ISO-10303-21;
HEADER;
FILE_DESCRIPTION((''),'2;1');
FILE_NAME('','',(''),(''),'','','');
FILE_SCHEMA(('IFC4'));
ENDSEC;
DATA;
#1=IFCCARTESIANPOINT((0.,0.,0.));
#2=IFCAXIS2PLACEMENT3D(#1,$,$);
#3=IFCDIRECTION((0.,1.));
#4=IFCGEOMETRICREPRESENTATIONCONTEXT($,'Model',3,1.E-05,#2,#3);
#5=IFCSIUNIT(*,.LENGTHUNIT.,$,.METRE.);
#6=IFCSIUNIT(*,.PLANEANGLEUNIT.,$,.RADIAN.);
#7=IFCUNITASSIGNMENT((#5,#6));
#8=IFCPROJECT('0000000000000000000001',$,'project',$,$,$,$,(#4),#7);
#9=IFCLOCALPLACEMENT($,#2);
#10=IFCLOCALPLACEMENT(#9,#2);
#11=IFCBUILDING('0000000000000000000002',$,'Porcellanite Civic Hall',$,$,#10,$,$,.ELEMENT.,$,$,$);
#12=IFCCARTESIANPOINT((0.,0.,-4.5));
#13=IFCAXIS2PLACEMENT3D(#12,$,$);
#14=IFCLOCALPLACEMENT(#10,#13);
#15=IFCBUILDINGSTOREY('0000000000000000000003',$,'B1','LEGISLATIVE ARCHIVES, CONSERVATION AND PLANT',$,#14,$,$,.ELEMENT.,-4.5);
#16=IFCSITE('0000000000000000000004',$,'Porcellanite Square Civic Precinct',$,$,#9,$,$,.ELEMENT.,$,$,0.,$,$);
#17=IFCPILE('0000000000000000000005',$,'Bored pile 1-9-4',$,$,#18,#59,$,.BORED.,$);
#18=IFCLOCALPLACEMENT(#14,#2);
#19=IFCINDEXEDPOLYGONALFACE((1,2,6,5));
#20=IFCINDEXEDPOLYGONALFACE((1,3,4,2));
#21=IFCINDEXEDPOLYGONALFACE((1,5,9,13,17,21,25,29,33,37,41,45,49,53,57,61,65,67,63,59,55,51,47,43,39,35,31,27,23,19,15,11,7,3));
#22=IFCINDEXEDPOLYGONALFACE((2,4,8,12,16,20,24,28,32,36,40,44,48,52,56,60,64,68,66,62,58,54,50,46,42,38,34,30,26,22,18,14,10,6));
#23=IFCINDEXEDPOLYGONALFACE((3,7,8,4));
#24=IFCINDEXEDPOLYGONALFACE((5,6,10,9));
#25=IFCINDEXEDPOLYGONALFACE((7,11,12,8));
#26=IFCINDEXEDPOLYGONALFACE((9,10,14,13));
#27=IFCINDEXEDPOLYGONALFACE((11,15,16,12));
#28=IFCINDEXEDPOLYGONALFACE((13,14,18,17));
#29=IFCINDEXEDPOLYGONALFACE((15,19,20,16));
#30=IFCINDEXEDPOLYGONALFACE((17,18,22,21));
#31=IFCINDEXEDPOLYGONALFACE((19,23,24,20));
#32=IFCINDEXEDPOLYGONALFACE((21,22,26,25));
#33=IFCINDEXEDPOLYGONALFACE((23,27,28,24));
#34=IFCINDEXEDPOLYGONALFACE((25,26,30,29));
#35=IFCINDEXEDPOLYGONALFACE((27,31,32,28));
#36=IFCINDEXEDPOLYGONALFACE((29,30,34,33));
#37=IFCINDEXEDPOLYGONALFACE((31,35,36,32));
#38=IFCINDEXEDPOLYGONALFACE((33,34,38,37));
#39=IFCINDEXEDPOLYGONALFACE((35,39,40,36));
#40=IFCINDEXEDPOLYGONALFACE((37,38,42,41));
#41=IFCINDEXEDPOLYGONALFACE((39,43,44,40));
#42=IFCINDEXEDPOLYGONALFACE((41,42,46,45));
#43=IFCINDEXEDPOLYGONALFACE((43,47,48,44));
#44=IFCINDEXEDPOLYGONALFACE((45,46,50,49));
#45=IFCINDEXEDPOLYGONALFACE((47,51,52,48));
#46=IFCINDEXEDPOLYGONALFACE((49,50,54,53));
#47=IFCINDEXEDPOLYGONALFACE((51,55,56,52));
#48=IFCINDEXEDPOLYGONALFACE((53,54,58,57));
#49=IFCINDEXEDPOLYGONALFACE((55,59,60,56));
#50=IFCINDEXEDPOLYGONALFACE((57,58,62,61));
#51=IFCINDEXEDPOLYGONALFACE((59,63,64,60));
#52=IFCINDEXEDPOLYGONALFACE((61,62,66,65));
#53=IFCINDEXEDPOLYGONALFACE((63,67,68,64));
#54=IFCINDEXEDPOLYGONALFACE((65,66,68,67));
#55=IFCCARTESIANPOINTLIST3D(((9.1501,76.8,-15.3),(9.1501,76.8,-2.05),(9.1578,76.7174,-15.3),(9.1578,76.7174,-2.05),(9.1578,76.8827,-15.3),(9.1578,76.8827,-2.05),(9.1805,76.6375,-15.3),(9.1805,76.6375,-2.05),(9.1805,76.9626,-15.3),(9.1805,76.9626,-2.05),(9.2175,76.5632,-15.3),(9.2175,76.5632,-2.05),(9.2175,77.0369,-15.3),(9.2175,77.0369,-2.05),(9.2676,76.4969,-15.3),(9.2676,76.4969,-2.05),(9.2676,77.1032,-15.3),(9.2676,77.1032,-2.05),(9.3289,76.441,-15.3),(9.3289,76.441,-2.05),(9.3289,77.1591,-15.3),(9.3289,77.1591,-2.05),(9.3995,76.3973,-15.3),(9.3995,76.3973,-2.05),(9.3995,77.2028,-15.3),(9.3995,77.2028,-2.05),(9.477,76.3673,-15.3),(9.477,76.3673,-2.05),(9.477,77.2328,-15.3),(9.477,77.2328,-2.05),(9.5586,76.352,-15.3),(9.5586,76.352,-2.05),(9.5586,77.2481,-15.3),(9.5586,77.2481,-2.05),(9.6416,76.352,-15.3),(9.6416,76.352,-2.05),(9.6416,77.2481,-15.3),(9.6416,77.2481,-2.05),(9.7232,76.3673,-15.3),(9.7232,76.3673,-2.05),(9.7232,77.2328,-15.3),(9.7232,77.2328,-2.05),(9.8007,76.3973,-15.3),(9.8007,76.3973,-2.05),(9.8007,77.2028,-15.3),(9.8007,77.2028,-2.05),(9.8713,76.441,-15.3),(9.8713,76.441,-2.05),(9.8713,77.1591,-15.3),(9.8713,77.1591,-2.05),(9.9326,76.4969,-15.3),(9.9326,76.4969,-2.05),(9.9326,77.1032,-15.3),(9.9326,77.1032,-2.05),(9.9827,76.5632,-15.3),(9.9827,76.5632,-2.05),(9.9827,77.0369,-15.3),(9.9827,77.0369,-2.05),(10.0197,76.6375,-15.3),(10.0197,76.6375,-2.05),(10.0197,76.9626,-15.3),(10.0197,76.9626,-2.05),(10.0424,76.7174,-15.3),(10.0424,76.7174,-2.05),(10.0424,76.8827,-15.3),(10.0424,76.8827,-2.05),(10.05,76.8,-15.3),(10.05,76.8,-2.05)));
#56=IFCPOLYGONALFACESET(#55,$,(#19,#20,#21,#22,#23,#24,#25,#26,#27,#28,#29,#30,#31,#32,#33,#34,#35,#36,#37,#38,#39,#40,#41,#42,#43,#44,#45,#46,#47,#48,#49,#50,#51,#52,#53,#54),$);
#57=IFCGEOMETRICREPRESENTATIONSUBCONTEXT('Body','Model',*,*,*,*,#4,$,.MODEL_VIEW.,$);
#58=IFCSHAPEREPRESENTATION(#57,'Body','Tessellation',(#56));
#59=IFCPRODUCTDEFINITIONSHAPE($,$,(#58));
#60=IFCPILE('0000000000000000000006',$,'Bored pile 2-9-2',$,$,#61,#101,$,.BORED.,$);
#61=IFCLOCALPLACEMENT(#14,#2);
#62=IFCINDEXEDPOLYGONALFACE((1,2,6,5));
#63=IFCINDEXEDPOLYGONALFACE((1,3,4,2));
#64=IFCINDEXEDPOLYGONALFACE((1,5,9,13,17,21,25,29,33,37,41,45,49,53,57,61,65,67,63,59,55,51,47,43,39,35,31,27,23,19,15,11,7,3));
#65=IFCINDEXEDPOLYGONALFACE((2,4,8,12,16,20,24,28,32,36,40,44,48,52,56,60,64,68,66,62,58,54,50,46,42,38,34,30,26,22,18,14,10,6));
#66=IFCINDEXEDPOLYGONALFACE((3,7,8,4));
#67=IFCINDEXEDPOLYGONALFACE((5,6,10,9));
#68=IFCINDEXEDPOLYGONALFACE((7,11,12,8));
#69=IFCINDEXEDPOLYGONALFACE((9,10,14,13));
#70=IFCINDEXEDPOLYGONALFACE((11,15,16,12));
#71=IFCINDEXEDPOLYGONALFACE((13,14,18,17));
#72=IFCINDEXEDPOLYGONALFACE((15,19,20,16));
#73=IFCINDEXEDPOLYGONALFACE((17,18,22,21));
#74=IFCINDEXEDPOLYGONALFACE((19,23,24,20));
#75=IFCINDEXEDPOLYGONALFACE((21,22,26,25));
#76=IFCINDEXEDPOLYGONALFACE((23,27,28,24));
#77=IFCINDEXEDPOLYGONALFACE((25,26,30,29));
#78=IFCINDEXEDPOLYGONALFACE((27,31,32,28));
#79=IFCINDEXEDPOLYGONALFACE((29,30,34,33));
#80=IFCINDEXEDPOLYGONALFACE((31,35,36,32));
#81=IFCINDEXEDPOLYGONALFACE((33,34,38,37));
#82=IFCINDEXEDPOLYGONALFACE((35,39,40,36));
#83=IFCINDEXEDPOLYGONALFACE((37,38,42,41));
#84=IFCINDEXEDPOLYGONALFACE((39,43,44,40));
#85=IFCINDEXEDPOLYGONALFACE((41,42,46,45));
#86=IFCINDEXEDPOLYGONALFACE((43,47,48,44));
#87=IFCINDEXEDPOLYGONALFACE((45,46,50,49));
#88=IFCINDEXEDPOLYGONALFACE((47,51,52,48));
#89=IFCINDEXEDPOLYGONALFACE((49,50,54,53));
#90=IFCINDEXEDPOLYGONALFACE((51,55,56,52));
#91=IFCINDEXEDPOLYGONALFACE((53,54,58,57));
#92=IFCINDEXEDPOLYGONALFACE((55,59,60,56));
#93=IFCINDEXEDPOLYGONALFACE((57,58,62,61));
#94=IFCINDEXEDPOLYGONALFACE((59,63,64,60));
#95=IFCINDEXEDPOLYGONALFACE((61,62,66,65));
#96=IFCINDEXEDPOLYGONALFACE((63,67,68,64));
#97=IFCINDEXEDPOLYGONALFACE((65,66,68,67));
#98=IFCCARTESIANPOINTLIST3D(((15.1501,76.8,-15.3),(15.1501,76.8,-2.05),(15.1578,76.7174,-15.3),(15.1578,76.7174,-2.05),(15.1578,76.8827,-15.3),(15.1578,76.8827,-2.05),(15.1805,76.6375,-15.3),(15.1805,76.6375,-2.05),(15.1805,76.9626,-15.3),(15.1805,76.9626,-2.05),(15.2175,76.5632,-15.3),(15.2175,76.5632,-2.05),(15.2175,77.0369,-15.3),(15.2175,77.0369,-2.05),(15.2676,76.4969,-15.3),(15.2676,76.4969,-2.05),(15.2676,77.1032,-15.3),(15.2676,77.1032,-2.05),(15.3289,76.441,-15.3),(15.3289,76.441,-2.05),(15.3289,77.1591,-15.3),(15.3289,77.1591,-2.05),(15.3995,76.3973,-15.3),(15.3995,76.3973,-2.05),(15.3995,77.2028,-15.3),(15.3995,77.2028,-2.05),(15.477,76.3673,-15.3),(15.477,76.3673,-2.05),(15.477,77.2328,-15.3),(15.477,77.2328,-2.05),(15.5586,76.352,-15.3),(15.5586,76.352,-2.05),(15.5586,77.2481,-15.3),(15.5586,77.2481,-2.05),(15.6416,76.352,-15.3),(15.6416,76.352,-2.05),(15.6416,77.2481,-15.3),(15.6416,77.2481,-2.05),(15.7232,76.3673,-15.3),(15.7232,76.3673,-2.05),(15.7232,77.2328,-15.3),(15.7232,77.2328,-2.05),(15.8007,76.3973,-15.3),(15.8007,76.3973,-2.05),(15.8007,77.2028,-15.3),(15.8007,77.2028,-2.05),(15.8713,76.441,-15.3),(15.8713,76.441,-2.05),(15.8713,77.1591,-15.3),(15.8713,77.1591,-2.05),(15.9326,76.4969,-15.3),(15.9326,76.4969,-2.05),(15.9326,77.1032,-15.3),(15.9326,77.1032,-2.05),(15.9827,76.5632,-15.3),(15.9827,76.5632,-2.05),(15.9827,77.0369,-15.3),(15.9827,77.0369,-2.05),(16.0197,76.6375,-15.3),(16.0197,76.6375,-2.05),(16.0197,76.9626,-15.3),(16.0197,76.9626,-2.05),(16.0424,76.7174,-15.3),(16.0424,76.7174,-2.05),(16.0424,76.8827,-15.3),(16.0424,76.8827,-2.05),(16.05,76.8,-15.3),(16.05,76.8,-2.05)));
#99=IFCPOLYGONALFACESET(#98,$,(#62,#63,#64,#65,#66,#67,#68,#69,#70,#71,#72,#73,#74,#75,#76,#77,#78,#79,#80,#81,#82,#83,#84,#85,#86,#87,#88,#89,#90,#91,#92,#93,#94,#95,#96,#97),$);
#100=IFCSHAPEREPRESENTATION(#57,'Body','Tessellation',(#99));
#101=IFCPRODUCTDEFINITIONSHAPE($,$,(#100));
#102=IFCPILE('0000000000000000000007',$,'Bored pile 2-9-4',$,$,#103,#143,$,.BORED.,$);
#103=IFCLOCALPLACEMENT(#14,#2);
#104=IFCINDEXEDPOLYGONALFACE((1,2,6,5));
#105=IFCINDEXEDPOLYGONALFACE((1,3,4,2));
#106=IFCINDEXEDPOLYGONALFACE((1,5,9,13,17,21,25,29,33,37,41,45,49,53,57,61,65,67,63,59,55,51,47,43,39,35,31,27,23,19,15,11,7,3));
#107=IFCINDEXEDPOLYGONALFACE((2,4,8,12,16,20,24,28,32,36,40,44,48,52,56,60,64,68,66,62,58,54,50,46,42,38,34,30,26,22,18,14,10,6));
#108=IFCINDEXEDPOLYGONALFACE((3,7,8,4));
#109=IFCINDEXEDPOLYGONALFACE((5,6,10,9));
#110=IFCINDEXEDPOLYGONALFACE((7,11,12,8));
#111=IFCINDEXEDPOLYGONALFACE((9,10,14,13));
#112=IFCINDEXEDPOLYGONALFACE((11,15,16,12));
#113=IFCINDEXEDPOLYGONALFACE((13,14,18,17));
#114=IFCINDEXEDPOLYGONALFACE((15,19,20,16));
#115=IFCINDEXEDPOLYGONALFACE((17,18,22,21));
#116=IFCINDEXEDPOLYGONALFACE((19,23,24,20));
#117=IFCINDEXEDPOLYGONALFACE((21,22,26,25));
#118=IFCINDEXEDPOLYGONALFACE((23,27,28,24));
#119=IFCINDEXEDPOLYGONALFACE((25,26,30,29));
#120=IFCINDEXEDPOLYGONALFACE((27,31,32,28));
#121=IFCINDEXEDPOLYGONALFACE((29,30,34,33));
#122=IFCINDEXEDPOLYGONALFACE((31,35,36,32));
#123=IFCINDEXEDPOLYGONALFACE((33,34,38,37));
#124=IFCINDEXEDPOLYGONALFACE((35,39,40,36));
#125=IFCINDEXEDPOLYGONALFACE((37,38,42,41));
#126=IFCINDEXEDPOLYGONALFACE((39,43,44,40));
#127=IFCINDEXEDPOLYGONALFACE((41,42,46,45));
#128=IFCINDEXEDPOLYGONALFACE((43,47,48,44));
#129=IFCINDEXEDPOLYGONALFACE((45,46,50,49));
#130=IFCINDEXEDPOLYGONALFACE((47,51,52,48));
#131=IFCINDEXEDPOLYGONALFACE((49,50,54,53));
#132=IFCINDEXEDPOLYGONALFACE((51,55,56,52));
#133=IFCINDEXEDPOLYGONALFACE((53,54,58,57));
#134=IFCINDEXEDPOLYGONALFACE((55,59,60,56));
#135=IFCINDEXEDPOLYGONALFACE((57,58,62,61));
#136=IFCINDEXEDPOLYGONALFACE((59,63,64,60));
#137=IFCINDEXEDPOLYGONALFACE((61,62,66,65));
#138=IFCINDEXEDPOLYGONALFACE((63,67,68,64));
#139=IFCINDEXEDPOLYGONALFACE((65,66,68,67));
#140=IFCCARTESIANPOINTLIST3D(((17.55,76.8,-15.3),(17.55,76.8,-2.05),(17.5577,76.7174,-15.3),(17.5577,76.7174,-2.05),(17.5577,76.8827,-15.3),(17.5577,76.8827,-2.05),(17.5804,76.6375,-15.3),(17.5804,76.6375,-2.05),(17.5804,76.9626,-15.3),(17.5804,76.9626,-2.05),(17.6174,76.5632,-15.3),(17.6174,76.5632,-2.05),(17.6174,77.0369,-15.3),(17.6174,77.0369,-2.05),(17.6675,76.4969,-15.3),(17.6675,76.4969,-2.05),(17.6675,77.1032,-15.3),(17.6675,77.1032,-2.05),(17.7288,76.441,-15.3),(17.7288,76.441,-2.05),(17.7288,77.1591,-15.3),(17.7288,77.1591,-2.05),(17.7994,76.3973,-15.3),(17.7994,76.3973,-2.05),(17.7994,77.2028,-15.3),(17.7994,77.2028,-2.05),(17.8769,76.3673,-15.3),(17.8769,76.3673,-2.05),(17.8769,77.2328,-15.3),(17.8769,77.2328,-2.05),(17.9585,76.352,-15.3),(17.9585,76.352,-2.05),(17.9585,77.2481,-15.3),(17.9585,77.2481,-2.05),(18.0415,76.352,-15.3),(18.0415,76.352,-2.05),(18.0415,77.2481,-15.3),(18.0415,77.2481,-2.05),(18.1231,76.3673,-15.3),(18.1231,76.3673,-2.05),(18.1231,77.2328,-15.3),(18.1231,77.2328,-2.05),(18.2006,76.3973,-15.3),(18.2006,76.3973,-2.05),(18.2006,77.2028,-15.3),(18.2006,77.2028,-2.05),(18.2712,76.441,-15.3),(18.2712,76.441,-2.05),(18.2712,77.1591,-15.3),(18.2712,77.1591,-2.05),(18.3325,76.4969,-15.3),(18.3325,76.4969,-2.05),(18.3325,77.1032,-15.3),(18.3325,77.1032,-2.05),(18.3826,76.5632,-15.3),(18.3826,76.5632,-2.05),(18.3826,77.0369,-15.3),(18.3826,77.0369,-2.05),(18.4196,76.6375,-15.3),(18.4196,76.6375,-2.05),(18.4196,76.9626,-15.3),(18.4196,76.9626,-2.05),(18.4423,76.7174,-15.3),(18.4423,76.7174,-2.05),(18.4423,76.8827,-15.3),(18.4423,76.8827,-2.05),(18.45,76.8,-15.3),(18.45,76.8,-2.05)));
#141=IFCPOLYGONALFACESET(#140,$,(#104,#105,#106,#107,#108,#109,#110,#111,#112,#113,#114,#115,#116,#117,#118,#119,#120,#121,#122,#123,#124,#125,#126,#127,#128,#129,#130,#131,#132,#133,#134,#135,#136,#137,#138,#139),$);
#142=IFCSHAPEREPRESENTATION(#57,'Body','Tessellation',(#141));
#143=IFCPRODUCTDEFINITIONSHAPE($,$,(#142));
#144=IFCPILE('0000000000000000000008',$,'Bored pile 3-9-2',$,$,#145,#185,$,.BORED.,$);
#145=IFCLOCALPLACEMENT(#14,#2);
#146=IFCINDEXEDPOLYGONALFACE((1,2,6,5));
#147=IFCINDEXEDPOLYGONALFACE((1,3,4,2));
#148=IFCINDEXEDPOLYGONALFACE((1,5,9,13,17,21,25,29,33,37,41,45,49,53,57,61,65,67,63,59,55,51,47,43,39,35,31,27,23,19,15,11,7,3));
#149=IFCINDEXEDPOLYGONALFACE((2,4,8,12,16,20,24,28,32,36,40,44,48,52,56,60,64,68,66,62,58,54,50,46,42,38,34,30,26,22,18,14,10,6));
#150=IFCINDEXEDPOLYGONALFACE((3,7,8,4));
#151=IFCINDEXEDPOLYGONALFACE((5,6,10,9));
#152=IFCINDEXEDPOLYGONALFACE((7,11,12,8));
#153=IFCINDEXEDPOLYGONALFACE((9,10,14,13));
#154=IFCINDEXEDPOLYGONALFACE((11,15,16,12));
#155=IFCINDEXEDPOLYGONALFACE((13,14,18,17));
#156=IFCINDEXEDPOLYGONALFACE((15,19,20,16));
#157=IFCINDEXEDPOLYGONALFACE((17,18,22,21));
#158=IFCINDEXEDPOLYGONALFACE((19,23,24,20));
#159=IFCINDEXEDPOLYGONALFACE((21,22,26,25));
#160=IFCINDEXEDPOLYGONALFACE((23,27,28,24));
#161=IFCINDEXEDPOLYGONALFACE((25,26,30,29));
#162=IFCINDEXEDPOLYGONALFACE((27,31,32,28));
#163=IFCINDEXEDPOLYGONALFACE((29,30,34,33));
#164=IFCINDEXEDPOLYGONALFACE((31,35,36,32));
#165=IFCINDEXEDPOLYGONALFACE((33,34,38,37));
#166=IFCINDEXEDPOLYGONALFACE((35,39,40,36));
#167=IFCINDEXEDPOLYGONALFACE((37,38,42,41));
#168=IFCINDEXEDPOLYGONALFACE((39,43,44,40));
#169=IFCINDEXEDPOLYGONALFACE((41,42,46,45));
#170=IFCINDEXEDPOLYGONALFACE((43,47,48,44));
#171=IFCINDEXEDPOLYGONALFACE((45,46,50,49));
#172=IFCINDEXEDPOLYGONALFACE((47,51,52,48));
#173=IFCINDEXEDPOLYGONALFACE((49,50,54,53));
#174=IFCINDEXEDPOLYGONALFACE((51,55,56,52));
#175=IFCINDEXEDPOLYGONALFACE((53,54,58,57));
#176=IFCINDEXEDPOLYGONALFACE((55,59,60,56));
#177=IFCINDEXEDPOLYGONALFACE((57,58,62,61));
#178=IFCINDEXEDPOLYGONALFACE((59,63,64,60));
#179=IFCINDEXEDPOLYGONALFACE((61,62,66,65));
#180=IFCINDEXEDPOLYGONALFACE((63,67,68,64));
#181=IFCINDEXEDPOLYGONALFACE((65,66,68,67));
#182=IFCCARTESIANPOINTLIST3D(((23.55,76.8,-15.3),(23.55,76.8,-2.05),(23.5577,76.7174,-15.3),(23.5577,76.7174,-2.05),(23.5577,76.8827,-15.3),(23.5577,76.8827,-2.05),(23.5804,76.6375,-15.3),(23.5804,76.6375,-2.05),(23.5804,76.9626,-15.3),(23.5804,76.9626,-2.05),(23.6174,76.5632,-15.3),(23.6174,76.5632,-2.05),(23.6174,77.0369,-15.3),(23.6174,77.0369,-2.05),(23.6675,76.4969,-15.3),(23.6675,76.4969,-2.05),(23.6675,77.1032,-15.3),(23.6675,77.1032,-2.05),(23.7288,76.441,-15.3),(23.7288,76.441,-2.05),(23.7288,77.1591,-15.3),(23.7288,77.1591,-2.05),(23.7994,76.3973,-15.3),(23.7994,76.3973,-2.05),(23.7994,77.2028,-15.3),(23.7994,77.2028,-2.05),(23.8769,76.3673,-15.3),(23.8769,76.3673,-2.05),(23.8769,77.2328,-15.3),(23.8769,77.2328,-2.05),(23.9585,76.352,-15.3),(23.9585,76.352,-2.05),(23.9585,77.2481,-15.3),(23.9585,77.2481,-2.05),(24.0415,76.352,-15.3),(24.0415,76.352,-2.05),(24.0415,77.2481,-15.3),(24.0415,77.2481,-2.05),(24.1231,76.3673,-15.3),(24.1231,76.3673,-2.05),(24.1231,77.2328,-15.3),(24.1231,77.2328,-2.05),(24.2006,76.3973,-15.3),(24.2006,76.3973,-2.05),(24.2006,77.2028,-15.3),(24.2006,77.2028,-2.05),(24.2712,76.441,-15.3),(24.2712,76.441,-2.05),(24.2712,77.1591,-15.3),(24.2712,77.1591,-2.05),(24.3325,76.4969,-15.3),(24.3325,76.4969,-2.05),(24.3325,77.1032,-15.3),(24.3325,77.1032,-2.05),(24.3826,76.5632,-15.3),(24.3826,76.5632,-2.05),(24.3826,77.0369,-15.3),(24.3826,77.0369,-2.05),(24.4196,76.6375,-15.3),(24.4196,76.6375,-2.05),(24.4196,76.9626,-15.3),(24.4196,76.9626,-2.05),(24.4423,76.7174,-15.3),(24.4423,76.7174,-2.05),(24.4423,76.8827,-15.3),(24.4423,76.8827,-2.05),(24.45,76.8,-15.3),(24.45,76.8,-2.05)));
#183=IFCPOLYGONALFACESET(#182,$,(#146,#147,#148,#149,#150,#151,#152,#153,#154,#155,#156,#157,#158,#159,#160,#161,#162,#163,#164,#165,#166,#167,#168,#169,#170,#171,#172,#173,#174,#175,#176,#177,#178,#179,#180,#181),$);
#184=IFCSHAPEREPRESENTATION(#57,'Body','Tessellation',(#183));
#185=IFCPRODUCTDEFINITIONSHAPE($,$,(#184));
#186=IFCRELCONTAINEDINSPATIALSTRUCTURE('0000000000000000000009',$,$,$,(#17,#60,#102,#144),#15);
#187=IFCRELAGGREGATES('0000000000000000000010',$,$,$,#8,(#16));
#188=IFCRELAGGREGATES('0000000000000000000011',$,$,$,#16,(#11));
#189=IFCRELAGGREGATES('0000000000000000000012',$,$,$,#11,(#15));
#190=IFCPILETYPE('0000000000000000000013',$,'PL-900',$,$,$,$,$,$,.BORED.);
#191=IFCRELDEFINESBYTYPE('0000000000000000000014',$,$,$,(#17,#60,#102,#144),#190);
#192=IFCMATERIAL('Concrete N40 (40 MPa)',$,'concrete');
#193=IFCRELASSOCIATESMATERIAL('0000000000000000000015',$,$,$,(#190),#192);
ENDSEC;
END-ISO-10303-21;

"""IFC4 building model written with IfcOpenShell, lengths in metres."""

from ifc_helpers import new_model, si_unit, direction, frame, origin, origin_2d, place, context, subcontext, project, spatial, circle, extrude, material, material_profile, profile_set, type_object, element, save


model = new_model("IFC4")

# Units and contexts
model_context = context("Model", 3, precision=1e-05, world=origin(), true_north=direction((0.0, 1.0)))
body_context = subcontext(model_context, "Body", "Model", "MODEL_VIEW")
ifc_project = project(units=[si_unit("LENGTHUNIT", "METRE"), si_unit("PLANEANGLEUNIT", "RADIAN")], contexts=[model_context])

# Site, building, storey
site_placement = place(None, origin())
site = spatial("IfcSite", under=ifc_project, at=site_placement, Name="Porcellanite Square Civic Precinct", CompositionType="ELEMENT", RefElevation=0.0)
building_placement = place(site_placement, origin())
building = spatial("IfcBuilding", under=site, at=building_placement, Name="Porcellanite Civic Hall", CompositionType="ELEMENT")
storey_placement = place(building_placement, frame((0.0, 0.0, -4.5)))
storey = spatial("IfcBuildingStorey", under=building, at=storey_placement, Name="B1", Description="LEGISLATIVE ARCHIVES, CONSERVATION AND PLANT", CompositionType="ELEMENT", Elevation=-4.5)

# Piles
ifc_material_1 = material(Name="Concrete N40 (40 MPa)", Category="concrete")
ifc_material_profile_1 = material_profile(ifc_material_1, circle(Radius=0.45, at=origin_2d()), Name="PILE-D900")
ifc_profile_set_1 = profile_set([ifc_material_profile_1], Name="Concrete N40 (40 MPa)")
pile_type_1 = type_object("IfcPileType", Name="PL-900", PredefinedType="BORED", material=ifc_profile_set_1)
for number, where, z_axis, x_axis, name in (
    (1, (9.6001, 76.8, -2.05), (0.0, 0.0, -1.0), (1.0, 0.0, 0.0), "Bored pile 1-9-4"),
    (2, (15.6001, 76.8, -2.05), (0.0, 0.0, -1.0), (1.0, 0.0, 0.0), "Bored pile 2-9-2"),
    (3, (18.0, 76.8, -2.05), (0.0, 0.0, -1.0), (1.0, 0.0, 0.0), "Bored pile 2-9-4"),
    (4, (24.0, 76.8, -2.05), (0.0, 0.0, -1.0), (1.0, 0.0, 0.0), "Bored pile 3-9-2"),
):
    element("IfcPile", number, at=place(storey_placement, frame(where, z_axis=z_axis, x_axis=x_axis)), inside=storey, type_object=pile_type_1, Name=name, PredefinedType="BORED", context=body_context, shape_type="SweptSolid", body=[
        extrude(circle(Radius=0.45, at=origin_2d()), origin(), (0.0, 0.0, 1.0), 13.25),
    ])

save(model, "model.ifc")
